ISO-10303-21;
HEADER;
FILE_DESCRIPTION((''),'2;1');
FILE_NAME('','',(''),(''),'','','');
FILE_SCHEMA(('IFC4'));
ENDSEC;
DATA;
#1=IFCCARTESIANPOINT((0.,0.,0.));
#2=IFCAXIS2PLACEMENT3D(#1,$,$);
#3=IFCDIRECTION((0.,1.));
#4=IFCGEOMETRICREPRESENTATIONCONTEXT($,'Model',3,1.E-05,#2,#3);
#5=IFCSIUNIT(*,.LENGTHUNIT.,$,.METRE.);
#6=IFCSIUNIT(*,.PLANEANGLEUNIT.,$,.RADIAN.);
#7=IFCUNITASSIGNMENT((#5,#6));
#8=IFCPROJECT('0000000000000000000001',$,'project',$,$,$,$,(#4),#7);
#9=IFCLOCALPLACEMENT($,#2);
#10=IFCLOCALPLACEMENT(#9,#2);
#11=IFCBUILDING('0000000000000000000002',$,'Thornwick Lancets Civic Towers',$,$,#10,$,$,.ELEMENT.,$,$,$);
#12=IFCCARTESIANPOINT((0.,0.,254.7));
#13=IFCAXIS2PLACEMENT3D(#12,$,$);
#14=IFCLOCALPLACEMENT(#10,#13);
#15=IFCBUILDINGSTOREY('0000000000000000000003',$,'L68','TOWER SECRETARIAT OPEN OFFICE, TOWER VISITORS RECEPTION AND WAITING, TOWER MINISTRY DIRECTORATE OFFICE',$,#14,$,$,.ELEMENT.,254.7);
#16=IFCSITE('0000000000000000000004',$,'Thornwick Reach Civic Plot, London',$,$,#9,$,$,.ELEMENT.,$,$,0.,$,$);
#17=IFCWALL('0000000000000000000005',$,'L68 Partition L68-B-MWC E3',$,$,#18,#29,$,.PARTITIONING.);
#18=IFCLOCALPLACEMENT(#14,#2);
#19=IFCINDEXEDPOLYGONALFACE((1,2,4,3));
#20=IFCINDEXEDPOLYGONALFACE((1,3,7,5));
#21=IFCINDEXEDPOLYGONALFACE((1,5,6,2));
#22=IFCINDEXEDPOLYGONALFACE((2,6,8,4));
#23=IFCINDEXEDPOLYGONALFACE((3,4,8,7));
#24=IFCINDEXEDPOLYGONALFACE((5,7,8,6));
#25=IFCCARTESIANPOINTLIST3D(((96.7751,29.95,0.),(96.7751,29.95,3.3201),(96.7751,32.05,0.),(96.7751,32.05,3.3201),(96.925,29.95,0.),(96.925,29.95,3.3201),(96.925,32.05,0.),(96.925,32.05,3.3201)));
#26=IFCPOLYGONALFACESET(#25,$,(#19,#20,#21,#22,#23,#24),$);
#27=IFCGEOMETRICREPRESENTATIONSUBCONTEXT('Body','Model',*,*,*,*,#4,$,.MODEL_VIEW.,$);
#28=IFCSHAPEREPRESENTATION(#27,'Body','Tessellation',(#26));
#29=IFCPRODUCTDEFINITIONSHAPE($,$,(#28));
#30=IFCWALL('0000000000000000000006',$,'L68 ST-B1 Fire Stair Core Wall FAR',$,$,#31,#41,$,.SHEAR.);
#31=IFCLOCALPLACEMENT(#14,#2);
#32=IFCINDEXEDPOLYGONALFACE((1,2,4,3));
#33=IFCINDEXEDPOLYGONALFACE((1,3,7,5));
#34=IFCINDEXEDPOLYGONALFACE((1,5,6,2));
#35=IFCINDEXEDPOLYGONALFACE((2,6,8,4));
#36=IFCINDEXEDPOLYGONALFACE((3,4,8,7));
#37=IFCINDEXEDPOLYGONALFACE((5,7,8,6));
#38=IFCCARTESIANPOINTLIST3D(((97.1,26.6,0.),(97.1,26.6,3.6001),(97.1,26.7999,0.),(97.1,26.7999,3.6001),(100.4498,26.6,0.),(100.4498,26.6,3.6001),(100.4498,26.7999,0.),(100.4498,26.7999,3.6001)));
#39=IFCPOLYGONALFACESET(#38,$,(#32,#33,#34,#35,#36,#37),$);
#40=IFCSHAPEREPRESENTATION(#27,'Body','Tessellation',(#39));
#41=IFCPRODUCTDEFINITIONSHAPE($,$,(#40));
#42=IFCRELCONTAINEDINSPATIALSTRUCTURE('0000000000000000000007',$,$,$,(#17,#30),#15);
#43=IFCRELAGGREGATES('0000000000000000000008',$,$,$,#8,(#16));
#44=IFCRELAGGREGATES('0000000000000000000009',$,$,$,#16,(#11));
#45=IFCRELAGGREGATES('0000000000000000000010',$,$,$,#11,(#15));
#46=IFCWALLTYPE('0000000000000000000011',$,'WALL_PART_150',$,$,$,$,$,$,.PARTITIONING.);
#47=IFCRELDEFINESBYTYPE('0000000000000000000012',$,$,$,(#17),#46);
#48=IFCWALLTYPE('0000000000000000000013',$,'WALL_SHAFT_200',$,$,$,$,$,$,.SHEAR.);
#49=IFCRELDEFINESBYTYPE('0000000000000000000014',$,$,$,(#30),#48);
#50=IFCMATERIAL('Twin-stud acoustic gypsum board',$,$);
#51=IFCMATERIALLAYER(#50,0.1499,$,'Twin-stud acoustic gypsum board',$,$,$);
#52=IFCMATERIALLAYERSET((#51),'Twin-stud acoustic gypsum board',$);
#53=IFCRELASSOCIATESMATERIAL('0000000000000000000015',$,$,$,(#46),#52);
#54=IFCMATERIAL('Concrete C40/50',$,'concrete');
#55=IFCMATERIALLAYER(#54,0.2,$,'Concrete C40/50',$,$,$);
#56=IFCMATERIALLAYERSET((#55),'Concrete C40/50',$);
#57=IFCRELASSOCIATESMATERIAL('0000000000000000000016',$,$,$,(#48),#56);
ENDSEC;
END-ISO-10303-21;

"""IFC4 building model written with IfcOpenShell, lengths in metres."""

from ifc_helpers import new_model, si_unit, direction, frame, frame_2d, origin, place, context, subcontext, project, spatial, rectangle, extrude, material, layer, layer_set, type_object, element, save


model = new_model("IFC4")

# Units and contexts
model_context = context("Model", 3, precision=1e-05, world=origin(), true_north=direction((0.0, 1.0)))
body_context = subcontext(model_context, "Body", "Model", "MODEL_VIEW")
ifc_project = project(units=[si_unit("LENGTHUNIT", "METRE"), si_unit("PLANEANGLEUNIT", "RADIAN")], contexts=[model_context])

# Site, building, storey
site_placement = place(None, origin())
site = spatial("IfcSite", under=ifc_project, at=site_placement, Name="Thornwick Reach Civic Plot, London", CompositionType="ELEMENT", RefElevation=0.0)
building_placement = place(site_placement, origin())
building = spatial("IfcBuilding", under=site, at=building_placement, Name="Thornwick Lancets Civic Towers", CompositionType="ELEMENT")
storey_placement = place(building_placement, frame((0.0, 0.0, 254.7)))
storey = spatial("IfcBuildingStorey", under=building, at=storey_placement, Name="L68", Description="TOWER SECRETARIAT OPEN OFFICE, TOWER VISITORS RECEPTION AND WAITING, TOWER MINISTRY DIRECTORATE OFFICE", CompositionType="ELEMENT", Elevation=254.7)

# Shared definitions
ifc_material_1 = material(Name="Twin-stud acoustic gypsum board")
ifc_layer_1 = layer(ifc_material_1, 0.1499, Name="Twin-stud acoustic gypsum board")
ifc_layer_set_1 = layer_set([ifc_layer_1], Name="Twin-stud acoustic gypsum board")
wall_type_1 = type_object("IfcWallType", Name="WALL_PART_150", PredefinedType="PARTITIONING", material=ifc_layer_set_1)

# Walls
wall_1_placement = place(storey_placement, frame((96.8501, 32.05, 0.0), z_axis=(0.0, 0.0, 1.0), x_axis=(0.0, -1.0, 0.0)))
element("IfcWall", 1, at=wall_1_placement, inside=storey, type_object=wall_type_1, Name="L68 Partition L68-B-MWC E3", PredefinedType="PARTITIONING", context=body_context, shape_type="SweptSolid", body=[
    extrude(rectangle(XDim=2.1001, YDim=0.1499, at=frame_2d((1.05, 0.0))), origin(), (0.0, 0.0, 1.0), 3.3201),
])
ifc_material_2 = material(Name="Concrete C40/50", Category="concrete")
ifc_layer_2 = layer(ifc_material_2, 0.2, Name="Concrete C40/50")
ifc_layer_set_2 = layer_set([ifc_layer_2], Name="Concrete C40/50")
wall_type_2 = type_object("IfcWallType", Name="WALL_SHAFT_200", PredefinedType="SHEAR", material=ifc_layer_set_2)
wall_2_placement = place(storey_placement, frame((97.1001, 26.7, 0.0), z_axis=(0.0, 0.0, 1.0), x_axis=(1.0, 0.0, 0.0)))
element("IfcWall", 2, at=wall_2_placement, inside=storey, type_object=wall_type_2, Name="L68 ST-B1 Fire Stair Core Wall FAR", PredefinedType="SHEAR", context=body_context, shape_type="SweptSolid", body=[
    extrude(rectangle(XDim=3.3499, YDim=0.2, at=frame_2d((1.6748, 0.0))), origin(), (0.0, 0.0, 1.0), 3.6001),
])

save(model, "model.ifc")
